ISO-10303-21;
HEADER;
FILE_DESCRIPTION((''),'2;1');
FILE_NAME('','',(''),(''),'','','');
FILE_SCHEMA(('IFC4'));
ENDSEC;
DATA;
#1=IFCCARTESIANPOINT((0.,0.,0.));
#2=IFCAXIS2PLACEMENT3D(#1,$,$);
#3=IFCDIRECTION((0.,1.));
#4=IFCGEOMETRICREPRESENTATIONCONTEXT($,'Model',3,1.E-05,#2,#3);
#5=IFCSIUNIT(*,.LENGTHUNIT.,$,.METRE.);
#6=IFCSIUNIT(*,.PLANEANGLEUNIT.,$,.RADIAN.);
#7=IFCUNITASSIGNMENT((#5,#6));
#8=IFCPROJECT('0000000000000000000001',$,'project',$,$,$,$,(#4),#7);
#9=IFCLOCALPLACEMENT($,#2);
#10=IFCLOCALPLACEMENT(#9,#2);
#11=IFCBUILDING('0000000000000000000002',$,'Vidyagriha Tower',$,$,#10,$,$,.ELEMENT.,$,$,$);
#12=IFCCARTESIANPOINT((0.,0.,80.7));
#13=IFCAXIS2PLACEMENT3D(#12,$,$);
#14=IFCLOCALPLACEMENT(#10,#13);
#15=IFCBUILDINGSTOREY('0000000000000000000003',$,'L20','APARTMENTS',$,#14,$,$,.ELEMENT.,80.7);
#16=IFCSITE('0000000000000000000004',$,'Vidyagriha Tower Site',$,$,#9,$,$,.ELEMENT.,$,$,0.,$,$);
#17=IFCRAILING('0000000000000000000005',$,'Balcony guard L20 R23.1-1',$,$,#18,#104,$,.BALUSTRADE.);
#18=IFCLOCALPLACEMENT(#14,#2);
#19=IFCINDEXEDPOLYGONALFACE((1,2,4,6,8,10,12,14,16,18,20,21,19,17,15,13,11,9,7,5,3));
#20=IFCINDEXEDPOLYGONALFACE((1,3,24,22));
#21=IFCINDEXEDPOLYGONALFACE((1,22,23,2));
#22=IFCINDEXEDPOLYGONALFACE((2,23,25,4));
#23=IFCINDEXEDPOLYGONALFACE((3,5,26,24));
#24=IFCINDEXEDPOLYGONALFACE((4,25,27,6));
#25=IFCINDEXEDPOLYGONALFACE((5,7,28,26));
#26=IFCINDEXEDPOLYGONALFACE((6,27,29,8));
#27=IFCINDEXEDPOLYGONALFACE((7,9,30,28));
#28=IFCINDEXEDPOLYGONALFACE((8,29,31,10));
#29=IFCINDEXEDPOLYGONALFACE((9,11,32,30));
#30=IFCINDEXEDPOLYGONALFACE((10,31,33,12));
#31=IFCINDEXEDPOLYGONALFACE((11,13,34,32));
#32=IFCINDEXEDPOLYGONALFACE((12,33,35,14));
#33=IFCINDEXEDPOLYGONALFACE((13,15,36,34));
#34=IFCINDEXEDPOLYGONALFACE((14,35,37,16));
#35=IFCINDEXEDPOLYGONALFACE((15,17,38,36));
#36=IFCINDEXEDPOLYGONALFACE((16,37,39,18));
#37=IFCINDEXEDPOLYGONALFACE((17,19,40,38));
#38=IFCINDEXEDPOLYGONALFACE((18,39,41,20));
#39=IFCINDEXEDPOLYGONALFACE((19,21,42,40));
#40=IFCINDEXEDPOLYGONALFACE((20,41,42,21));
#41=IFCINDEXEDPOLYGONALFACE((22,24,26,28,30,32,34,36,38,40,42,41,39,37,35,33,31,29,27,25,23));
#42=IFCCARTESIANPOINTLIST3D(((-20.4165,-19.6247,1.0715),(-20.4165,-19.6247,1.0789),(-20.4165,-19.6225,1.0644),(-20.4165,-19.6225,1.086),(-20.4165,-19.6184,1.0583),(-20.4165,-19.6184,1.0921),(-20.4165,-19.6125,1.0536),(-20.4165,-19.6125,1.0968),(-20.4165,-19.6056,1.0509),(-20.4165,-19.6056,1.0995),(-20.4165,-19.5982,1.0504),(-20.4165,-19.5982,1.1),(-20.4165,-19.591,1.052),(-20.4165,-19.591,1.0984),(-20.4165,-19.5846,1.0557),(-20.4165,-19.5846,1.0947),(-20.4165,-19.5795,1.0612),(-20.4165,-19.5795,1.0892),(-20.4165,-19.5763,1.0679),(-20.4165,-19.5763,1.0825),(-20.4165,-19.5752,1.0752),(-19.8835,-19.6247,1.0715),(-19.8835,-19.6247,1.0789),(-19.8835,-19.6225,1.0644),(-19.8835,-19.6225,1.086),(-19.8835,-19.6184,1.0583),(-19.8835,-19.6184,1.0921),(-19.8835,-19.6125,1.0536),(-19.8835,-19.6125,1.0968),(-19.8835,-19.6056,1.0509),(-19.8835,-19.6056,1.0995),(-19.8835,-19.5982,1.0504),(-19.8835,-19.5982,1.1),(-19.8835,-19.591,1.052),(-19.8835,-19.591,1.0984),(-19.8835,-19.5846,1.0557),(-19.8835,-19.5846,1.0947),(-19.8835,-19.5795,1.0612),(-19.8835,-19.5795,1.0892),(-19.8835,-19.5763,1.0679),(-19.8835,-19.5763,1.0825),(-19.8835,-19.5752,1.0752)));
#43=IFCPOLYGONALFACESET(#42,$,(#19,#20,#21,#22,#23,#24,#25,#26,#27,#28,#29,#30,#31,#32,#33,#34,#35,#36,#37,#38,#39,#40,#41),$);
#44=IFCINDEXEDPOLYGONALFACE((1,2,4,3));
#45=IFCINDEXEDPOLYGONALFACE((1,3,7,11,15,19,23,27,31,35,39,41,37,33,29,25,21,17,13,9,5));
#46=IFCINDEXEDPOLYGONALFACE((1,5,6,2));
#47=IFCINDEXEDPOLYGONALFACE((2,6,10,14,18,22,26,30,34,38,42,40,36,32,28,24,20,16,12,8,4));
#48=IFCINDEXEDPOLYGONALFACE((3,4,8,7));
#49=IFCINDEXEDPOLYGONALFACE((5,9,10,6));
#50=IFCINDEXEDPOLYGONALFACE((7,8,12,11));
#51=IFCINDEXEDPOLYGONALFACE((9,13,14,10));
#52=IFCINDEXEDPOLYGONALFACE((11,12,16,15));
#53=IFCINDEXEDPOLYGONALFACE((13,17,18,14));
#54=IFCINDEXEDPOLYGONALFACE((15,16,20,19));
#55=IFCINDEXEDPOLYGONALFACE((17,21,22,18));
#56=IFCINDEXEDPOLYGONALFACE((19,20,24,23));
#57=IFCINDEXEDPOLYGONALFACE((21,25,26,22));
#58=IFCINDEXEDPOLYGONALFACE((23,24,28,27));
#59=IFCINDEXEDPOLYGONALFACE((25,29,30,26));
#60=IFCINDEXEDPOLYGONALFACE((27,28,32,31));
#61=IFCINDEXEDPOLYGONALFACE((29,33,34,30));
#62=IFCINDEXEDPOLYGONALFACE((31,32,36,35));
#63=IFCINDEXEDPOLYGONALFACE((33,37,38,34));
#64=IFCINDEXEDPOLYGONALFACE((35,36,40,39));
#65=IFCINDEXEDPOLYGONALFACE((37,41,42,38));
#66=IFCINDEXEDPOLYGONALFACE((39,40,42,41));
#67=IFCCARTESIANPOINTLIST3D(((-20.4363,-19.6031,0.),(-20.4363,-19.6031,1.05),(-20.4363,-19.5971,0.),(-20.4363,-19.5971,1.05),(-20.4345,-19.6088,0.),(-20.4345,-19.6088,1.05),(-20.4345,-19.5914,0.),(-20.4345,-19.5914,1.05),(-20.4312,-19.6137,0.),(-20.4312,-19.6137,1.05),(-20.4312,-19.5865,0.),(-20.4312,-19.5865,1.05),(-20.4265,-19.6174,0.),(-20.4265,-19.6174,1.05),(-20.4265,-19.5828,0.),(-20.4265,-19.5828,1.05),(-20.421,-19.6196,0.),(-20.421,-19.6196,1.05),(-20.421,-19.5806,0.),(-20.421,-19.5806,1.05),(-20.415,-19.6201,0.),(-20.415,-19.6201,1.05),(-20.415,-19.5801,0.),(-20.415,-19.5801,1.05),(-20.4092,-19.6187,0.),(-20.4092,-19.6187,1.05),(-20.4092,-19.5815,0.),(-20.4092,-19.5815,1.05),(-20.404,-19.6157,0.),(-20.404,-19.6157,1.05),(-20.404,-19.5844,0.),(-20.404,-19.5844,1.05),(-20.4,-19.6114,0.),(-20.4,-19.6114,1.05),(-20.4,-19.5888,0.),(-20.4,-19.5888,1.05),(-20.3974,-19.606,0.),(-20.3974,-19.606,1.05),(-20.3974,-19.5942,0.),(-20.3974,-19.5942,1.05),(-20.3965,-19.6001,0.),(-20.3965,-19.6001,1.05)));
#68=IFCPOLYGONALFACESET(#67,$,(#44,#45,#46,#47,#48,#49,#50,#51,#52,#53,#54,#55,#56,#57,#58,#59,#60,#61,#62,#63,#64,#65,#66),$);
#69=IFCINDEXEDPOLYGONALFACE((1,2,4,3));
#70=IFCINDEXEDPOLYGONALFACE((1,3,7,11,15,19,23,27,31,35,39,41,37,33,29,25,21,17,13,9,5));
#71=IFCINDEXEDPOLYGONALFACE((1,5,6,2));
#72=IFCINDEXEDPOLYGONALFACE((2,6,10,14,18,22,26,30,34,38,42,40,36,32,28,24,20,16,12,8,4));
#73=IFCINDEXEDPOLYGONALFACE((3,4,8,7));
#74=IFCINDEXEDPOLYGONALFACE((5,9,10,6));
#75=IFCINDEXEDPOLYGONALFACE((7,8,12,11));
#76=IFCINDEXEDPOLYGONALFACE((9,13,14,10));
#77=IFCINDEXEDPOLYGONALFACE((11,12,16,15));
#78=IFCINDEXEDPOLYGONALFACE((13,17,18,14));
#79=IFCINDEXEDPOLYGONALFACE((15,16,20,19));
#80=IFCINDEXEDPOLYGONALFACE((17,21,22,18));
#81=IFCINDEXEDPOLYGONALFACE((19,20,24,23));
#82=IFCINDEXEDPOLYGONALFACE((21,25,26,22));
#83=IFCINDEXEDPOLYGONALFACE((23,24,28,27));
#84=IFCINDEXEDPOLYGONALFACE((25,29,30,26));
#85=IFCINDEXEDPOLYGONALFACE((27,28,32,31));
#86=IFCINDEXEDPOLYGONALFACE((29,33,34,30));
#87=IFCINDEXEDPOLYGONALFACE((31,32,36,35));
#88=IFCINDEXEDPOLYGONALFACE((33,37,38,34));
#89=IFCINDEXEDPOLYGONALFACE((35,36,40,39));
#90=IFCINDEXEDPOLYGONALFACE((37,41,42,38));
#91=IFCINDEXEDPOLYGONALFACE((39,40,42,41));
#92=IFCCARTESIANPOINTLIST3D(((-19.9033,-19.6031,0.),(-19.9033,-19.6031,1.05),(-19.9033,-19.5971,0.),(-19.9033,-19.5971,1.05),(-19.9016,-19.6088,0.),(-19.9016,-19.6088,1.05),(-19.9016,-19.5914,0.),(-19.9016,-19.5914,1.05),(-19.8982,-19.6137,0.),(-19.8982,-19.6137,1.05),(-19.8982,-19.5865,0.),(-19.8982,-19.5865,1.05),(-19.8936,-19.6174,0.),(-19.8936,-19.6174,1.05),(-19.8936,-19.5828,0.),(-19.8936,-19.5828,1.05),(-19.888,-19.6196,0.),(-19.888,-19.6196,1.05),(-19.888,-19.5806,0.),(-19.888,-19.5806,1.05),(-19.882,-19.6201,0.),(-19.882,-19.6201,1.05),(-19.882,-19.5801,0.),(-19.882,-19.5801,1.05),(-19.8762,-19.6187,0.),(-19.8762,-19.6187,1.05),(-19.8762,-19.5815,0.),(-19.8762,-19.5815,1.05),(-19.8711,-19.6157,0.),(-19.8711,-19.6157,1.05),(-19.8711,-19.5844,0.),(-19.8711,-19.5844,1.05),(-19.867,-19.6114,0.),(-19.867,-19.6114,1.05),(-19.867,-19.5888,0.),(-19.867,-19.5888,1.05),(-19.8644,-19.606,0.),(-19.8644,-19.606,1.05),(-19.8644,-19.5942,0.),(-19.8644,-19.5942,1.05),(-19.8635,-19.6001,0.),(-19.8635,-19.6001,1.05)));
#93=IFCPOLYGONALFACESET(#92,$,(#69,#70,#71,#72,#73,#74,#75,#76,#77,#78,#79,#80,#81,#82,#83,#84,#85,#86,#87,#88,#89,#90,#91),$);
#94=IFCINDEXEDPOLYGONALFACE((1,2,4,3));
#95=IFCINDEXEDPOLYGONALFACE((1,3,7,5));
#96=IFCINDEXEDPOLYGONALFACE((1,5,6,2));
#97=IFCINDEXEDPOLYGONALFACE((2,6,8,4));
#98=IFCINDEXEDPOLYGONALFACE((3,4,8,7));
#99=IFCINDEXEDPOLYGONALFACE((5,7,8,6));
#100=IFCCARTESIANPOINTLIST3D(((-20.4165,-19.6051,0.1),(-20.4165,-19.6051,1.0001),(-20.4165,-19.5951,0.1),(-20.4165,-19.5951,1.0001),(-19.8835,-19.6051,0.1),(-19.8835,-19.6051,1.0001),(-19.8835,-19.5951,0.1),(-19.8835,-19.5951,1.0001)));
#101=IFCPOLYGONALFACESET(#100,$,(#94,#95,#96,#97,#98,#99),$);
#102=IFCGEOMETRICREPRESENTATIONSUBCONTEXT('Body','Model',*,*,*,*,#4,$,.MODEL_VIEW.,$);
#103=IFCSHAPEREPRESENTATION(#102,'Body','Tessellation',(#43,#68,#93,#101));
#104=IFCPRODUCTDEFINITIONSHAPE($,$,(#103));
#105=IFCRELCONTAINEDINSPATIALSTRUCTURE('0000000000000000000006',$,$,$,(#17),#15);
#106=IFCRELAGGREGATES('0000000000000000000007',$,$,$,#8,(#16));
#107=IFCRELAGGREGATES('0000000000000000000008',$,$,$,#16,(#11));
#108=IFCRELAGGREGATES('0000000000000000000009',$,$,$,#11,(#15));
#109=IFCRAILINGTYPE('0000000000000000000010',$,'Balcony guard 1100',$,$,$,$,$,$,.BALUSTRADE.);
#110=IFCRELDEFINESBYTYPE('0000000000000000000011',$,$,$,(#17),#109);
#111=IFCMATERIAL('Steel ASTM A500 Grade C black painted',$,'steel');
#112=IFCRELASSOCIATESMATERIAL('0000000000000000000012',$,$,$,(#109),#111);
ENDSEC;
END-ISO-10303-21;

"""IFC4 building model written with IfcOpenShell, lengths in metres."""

from ifc_helpers import new_model, si_unit, direction, frame, origin, origin_2d, place, context, subcontext, project, spatial, rectangle, circle, extrude, material, type_object, element, save


model = new_model("IFC4")

# Units and contexts
model_context = context("Model", 3, precision=1e-05, world=origin(), true_north=direction((0.0, 1.0)))
body_context = subcontext(model_context, "Body", "Model", "MODEL_VIEW")
ifc_project = project(units=[si_unit("LENGTHUNIT", "METRE"), si_unit("PLANEANGLEUNIT", "RADIAN")], contexts=[model_context])

# Site, building, storey
site_placement = place(None, origin())
site = spatial("IfcSite", under=ifc_project, at=site_placement, Name="Vidyagriha Tower Site", CompositionType="ELEMENT", RefElevation=0.0)
building_placement = place(site_placement, origin())
building = spatial("IfcBuilding", under=site, at=building_placement, Name="Vidyagriha Tower", CompositionType="ELEMENT")
storey_placement = place(building_placement, frame((0.0, 0.0, 80.7)))
storey = spatial("IfcBuildingStorey", under=building, at=storey_placement, Name="L20", Description="APARTMENTS", CompositionType="ELEMENT", Elevation=80.7)

# Railing
ifc_material_1 = material(Name="Steel ASTM A500 Grade C black painted", Category="steel")
railing_type_1 = type_object("IfcRailingType", Name="Balcony guard 1100", PredefinedType="BALUSTRADE", material=ifc_material_1)
railing_1_placement = place(storey_placement, frame((-20.4165, -19.6001, 0.0)))
element("IfcRailing", 1, at=railing_1_placement, inside=storey, type_object=railing_type_1, Name="Balcony guard L20 R23.1-1", PredefinedType="BALUSTRADE", context=body_context, shape_type="SweptSolid", body=[
    extrude(circle(Radius=0.0249, at=origin_2d()), frame((0.0, 0.0, 1.0752), z_axis=(1.0, 0.0, 0.0), x_axis=(0.0, 1.0, 0.0)), (0.0, 0.0, 1.0), 0.533),
    extrude(circle(Radius=0.02, at=origin_2d()), origin(), (0.0, 0.0, 1.0), 1.05),
    extrude(circle(Radius=0.02, at=origin_2d()), frame((0.533, 0.0, 0.0)), (0.0, 0.0, 1.0), 1.05),
    extrude(rectangle(XDim=0.01, YDim=0.9001, at=origin_2d()), frame((0.0, 0.0, 0.55), z_axis=(1.0, 0.0, 0.0), x_axis=(0.0, 1.0, 0.0)), (0.0, 0.0, 1.0), 0.533),
])

save(model, "model.ifc")
